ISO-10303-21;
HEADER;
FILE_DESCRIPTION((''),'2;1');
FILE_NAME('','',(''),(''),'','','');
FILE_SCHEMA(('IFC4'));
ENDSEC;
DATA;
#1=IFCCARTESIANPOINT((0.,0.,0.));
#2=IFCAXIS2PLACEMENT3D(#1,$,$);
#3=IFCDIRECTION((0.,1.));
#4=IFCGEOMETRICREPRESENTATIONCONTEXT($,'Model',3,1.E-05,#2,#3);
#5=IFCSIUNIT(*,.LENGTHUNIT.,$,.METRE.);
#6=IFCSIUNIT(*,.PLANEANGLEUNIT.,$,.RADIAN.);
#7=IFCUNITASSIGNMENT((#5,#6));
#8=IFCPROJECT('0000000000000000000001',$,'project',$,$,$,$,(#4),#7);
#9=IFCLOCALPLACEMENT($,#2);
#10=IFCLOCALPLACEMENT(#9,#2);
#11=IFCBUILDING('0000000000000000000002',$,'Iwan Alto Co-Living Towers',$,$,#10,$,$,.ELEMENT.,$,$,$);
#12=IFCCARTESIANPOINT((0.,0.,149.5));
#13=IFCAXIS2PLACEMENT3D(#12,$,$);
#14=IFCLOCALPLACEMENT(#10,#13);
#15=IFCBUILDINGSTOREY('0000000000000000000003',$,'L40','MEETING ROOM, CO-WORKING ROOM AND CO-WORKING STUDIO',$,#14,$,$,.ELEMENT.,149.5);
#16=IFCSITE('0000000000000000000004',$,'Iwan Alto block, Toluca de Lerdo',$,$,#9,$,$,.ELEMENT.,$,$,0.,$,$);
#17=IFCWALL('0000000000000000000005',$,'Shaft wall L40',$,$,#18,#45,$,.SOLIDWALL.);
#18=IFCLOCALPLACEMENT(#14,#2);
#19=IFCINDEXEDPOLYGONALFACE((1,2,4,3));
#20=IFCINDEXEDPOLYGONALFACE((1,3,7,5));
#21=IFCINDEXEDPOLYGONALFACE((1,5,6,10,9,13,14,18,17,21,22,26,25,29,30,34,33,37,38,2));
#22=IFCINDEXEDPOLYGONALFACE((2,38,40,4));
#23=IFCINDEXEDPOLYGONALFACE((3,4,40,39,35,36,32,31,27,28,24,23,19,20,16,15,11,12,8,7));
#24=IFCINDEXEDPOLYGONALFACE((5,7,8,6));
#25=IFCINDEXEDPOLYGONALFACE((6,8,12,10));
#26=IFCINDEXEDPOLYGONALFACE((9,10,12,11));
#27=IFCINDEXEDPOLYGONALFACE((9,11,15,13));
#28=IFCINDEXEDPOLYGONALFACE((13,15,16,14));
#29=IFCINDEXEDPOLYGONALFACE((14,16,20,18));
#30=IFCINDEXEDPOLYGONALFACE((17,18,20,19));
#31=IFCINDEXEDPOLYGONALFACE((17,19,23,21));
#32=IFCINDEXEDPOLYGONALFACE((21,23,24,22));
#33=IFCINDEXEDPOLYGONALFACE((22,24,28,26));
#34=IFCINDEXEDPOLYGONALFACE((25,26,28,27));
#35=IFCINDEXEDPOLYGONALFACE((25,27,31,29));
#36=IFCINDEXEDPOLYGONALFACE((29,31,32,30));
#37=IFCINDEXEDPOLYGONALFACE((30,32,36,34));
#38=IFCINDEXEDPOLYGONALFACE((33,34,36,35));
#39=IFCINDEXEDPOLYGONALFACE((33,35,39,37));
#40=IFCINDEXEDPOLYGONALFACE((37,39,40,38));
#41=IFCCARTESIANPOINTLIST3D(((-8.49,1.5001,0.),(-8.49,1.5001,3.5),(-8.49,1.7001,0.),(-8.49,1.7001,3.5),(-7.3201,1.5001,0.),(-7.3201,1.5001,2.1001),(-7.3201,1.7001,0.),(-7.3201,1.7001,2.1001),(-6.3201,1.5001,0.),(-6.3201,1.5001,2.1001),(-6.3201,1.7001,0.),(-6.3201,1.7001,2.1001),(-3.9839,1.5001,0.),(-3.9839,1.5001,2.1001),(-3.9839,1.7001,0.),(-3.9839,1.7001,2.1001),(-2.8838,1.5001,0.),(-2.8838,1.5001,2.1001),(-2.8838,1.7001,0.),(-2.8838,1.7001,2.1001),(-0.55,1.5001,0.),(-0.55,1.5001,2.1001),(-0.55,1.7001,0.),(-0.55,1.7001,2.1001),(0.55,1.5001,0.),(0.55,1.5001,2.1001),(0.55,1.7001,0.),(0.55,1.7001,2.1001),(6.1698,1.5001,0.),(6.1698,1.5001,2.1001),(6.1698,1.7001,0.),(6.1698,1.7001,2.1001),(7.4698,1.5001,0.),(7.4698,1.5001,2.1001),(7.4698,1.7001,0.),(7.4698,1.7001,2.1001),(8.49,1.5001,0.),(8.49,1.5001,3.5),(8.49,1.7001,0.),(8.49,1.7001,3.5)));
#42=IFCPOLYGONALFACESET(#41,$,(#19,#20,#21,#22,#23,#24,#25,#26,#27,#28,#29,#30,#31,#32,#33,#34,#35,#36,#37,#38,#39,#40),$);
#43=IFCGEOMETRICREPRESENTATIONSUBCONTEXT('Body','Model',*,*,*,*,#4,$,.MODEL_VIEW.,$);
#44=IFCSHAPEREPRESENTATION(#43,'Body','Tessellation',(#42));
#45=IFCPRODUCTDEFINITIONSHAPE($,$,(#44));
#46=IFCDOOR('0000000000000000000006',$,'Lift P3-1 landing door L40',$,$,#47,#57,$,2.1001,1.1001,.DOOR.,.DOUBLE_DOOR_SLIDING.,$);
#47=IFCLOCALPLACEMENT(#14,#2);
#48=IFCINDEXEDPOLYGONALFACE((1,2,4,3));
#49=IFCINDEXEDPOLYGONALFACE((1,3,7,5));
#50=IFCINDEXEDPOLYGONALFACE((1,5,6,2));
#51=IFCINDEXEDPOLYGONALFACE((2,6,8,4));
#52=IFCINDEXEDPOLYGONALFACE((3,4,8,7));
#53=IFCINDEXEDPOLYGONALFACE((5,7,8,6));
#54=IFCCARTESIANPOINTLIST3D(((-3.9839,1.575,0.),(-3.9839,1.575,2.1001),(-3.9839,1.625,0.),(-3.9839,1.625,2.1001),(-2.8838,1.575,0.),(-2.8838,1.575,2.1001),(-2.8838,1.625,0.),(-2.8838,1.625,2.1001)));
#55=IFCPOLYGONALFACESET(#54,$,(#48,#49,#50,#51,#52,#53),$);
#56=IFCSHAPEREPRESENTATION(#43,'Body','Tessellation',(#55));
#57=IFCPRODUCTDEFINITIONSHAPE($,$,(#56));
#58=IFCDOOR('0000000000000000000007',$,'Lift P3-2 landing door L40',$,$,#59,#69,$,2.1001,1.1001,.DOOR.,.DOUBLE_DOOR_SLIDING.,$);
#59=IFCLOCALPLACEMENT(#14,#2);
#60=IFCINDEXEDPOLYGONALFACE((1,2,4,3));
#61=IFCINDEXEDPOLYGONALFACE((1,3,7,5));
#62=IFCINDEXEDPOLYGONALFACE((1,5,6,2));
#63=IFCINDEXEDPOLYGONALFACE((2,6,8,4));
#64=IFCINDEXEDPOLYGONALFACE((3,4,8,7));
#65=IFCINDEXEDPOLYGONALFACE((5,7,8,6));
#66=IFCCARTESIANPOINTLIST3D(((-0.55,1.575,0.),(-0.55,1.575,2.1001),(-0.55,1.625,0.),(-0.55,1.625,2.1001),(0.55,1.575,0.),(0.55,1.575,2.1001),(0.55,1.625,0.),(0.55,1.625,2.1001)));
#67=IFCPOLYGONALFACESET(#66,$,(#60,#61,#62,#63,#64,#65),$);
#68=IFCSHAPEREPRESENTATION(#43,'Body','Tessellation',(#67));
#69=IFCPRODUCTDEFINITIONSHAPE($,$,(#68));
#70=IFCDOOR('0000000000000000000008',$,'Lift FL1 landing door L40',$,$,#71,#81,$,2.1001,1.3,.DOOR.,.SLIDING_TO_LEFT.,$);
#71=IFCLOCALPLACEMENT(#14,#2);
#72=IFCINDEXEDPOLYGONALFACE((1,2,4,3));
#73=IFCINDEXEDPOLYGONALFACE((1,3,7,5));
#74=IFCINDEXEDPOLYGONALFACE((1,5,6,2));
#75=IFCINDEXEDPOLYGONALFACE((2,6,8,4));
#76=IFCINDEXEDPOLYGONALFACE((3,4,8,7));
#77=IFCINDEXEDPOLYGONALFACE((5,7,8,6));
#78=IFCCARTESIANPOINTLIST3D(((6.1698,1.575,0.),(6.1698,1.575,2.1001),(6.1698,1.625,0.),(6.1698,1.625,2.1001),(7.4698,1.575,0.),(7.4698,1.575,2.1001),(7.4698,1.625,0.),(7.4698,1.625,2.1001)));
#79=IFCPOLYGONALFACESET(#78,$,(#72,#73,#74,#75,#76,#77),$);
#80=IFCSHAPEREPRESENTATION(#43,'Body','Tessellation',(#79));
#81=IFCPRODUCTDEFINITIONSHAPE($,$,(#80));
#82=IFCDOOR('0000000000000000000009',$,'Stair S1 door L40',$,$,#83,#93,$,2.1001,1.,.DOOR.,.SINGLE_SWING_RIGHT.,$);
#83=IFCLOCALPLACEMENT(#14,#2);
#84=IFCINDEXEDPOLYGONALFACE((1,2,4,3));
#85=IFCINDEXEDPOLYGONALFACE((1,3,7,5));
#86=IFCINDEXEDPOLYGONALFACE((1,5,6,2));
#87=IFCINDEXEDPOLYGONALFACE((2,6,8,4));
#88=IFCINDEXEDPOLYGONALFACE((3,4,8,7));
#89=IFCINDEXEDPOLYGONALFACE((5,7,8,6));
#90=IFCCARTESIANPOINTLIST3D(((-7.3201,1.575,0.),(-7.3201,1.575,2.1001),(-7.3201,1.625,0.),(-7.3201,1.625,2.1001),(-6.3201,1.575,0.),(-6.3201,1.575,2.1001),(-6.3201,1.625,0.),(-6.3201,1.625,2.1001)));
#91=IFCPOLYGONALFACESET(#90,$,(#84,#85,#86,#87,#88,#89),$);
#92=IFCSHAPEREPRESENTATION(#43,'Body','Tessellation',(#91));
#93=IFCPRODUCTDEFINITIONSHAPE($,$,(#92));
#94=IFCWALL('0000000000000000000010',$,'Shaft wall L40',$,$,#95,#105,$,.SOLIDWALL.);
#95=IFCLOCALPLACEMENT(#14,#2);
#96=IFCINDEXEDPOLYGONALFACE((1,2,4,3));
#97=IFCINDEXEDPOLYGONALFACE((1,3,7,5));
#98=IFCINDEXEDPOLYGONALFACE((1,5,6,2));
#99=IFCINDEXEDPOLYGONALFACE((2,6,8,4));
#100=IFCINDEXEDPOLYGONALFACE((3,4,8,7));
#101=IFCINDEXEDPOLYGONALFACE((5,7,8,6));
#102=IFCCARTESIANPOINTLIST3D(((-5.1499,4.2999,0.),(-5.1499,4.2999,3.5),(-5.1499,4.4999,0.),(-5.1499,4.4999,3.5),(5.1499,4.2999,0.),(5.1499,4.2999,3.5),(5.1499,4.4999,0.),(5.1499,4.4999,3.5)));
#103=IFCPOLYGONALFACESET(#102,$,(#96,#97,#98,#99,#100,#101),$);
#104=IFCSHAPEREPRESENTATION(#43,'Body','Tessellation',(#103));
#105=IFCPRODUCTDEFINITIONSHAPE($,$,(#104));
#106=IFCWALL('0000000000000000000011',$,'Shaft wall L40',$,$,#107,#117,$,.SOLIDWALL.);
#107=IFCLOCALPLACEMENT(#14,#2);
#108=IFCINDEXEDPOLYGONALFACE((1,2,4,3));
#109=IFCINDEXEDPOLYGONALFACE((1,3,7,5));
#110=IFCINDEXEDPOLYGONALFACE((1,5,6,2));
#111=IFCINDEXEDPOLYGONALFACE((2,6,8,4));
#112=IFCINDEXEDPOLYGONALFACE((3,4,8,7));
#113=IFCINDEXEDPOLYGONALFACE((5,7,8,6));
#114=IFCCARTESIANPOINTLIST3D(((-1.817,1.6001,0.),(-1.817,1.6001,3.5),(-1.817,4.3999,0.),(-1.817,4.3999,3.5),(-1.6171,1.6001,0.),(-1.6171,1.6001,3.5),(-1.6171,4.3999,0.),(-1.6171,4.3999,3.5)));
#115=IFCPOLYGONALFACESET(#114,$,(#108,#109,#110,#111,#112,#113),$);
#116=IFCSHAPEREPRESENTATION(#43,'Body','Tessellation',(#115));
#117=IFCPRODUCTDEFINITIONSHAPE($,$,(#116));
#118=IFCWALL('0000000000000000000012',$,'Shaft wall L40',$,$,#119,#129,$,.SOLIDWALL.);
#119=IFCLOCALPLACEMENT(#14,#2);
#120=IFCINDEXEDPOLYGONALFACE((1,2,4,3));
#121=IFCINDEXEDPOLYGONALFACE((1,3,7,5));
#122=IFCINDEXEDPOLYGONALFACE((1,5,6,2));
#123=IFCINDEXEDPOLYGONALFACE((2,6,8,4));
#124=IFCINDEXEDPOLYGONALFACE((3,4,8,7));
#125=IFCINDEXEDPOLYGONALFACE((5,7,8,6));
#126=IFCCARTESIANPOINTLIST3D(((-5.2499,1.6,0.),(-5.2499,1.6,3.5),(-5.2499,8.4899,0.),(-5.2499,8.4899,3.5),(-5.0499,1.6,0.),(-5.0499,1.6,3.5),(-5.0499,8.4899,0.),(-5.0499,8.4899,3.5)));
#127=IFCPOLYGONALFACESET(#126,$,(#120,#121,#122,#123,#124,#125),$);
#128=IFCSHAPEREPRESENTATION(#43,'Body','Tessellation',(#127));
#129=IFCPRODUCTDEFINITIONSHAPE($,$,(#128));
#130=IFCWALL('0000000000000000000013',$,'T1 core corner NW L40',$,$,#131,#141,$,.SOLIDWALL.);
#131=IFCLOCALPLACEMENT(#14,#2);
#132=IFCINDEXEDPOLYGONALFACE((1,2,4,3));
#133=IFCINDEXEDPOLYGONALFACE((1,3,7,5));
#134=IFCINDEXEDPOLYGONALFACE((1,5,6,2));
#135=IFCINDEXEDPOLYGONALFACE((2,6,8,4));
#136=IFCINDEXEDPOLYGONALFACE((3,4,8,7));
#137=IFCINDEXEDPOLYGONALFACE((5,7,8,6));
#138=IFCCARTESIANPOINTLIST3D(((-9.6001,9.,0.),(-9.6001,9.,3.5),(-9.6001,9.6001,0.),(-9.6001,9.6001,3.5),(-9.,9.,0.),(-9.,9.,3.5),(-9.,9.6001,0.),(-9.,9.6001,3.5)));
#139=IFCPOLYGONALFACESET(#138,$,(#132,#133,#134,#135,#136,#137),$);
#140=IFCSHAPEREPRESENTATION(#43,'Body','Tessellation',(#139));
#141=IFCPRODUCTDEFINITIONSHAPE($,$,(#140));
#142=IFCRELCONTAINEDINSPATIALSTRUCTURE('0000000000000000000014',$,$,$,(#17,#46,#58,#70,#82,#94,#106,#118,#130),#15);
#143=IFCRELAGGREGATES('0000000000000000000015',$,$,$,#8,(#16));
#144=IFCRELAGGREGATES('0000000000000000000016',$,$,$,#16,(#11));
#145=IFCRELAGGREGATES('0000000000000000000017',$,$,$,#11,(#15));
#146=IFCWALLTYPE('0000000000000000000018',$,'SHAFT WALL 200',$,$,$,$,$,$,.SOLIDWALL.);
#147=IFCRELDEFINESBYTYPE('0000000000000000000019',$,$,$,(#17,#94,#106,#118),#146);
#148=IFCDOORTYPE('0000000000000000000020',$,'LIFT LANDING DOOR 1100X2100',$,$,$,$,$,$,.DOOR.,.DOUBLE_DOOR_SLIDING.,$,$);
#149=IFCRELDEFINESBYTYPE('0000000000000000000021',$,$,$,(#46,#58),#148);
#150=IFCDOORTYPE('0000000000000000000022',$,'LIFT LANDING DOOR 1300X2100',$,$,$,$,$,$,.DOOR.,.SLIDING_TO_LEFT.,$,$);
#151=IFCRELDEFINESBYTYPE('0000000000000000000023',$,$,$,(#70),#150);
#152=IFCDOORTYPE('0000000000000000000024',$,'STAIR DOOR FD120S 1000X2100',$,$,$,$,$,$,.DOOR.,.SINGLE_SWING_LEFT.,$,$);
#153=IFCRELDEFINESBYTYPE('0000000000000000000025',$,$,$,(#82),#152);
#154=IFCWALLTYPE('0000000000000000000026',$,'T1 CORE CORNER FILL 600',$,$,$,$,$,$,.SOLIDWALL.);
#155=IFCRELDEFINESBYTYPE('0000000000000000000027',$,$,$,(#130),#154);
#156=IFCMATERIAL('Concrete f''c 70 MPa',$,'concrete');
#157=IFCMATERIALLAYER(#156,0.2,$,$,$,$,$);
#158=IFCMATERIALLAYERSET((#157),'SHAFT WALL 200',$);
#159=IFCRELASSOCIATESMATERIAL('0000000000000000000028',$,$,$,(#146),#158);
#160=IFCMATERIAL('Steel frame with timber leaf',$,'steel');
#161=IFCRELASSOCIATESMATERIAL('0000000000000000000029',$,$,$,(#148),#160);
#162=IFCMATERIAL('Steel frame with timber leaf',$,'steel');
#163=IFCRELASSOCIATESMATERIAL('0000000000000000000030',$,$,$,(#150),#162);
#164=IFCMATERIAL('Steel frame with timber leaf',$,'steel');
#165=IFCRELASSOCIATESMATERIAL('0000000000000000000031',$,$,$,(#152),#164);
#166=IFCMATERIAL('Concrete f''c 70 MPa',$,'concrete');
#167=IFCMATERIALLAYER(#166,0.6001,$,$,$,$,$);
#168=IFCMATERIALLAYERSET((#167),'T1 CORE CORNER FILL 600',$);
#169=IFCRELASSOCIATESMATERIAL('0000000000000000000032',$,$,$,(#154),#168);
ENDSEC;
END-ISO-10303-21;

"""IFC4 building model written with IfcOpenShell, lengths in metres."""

from ifc_helpers import new_model, si_unit, direction, frame, frame_2d, origin, place, context, subcontext, project, spatial, rectangle, extrude, material, layer, layer_set, type_object, element, fill, save


model = new_model("IFC4")

# Units and contexts
model_context = context("Model", 3, precision=1e-05, world=origin(), true_north=direction((0.0, 1.0)))
body_context = subcontext(model_context, "Body", "Model", "MODEL_VIEW")
ifc_project = project(units=[si_unit("LENGTHUNIT", "METRE"), si_unit("PLANEANGLEUNIT", "RADIAN")], contexts=[model_context])

# Site, building, storey
site_placement = place(None, origin())
site = spatial("IfcSite", under=ifc_project, at=site_placement, Name="Iwan Alto block, Toluca de Lerdo", CompositionType="ELEMENT", RefElevation=0.0)
building_placement = place(site_placement, origin())
building = spatial("IfcBuilding", under=site, at=building_placement, Name="Iwan Alto Co-Living Towers", CompositionType="ELEMENT")
storey_placement = place(building_placement, frame((0.0, 0.0, 149.5)))
storey = spatial("IfcBuildingStorey", under=building, at=storey_placement, Name="L40", Description="MEETING ROOM, CO-WORKING ROOM AND CO-WORKING STUDIO", CompositionType="ELEMENT", Elevation=149.5)

# Wall, openings, doors
ifc_material_1 = material(Name="Concrete f'c 70 MPa", Category="concrete")
ifc_layer_1 = layer(ifc_material_1, 0.2)
ifc_layer_set_1 = layer_set([ifc_layer_1], Name="SHAFT WALL 200")
wall_type_1 = type_object("IfcWallType", Name="SHAFT WALL 200", PredefinedType="SOLIDWALL", material=ifc_layer_set_1)
wall_1_placement = place(storey_placement, frame((-8.49, 1.6001, 0.0), z_axis=(0.0, 0.0, 1.0), x_axis=(1.0, 0.0, 0.0)))
wall_1 = element("IfcWall", 1, at=wall_1_placement, inside=storey, type_object=wall_type_1, Name="Shaft wall L40", PredefinedType="SOLIDWALL", context=body_context, shape_type="SweptSolid", body=[
    extrude(rectangle(XDim=16.98, YDim=0.2, at=frame_2d((8.49, 0.0))), origin(), (0.0, 0.0, 1.0), 3.5),
])
opening_1_placement = place(wall_1_placement, frame((1.1699, 0.0, 0.0)))
opening_1 = element("IfcOpeningElement", 2, at=opening_1_placement, cuts=wall_1, PredefinedType="OPENING", context=body_context, shape_type="SweptSolid", body=[
    extrude(rectangle(XDim=1.0, YDim=2.1001, at=frame_2d((0.5, 1.05))), frame((0.0, 0.1099, 0.0), z_axis=(0.0, -1.0, 0.0), x_axis=(1.0, 0.0, 0.0)), (0.0, 0.0, 1.0), 0.22),
])
opening_2_placement = place(wall_1_placement, frame((4.5061, 0.0, 0.0)))
opening_2 = element("IfcOpeningElement", 3, at=opening_2_placement, cuts=wall_1, PredefinedType="OPENING", context=body_context, shape_type="SweptSolid", body=[
    extrude(rectangle(XDim=1.1001, YDim=2.1001, at=frame_2d((0.55, 1.05))), frame((0.0, 0.1099, 0.0), z_axis=(0.0, -1.0, 0.0), x_axis=(1.0, 0.0, 0.0)), (0.0, 0.0, 1.0), 0.22),
])
opening_3_placement = place(wall_1_placement, frame((7.9399, 0.0, 0.0)))
opening_3 = element("IfcOpeningElement", 4, at=opening_3_placement, cuts=wall_1, PredefinedType="OPENING", context=body_context, shape_type="SweptSolid", body=[
    extrude(rectangle(XDim=1.1001, YDim=2.1001, at=frame_2d((0.55, 1.05))), frame((0.0, 0.1099, 0.0), z_axis=(0.0, -1.0, 0.0), x_axis=(1.0, 0.0, 0.0)), (0.0, 0.0, 1.0), 0.22),
])
opening_4_placement = place(wall_1_placement, frame((14.6599, 0.0, 0.0)))
opening_4 = element("IfcOpeningElement", 5, at=opening_4_placement, cuts=wall_1, PredefinedType="OPENING", context=body_context, shape_type="SweptSolid", body=[
    extrude(rectangle(XDim=1.3, YDim=2.1001, at=frame_2d((0.6499, 1.05))), frame((0.0, 0.1099, 0.0), z_axis=(0.0, -1.0, 0.0), x_axis=(1.0, 0.0, 0.0)), (0.0, 0.0, 1.0), 0.22),
])
ifc_material_2 = material(Name="Steel frame with timber leaf", Category="steel")
door_type_1 = type_object("IfcDoorType", Name="LIFT LANDING DOOR 1100X2100", OperationType="DOUBLE_DOOR_SLIDING", PredefinedType="DOOR", material=ifc_material_2)
door_1_placement = place(opening_2_placement, origin())
door_1 = element("IfcDoor", 6, at=door_1_placement, inside=storey, type_object=door_type_1, Name="Lift P3-1 landing door L40", OperationType="DOUBLE_DOOR_SLIDING", OverallHeight=2.1001, OverallWidth=1.1001, PredefinedType="DOOR", context=body_context, shape_type="SweptSolid", body=[
    extrude(rectangle(XDim=1.1001, YDim=2.1001, at=frame_2d((0.55, 1.05))), frame((0.0, 0.0249, 0.0), z_axis=(0.0, -1.0, 0.0), x_axis=(1.0, 0.0, 0.0)), (0.0, 0.0, 1.0), 0.05),
])
fill(opening_2, door_1)
door_2_placement = place(opening_3_placement, origin())
door_2 = element("IfcDoor", 7, at=door_2_placement, inside=storey, type_object=door_type_1, Name="Lift P3-2 landing door L40", OperationType="DOUBLE_DOOR_SLIDING", OverallHeight=2.1001, OverallWidth=1.1001, PredefinedType="DOOR", context=body_context, shape_type="SweptSolid", body=[
    extrude(rectangle(XDim=1.1001, YDim=2.1001, at=frame_2d((0.55, 1.05))), frame((0.0, 0.0249, 0.0), z_axis=(0.0, -1.0, 0.0), x_axis=(1.0, 0.0, 0.0)), (0.0, 0.0, 1.0), 0.05),
])
fill(opening_3, door_2)
ifc_material_3 = material(Name="Steel frame with timber leaf", Category="steel")
door_type_2 = type_object("IfcDoorType", Name="LIFT LANDING DOOR 1300X2100", OperationType="SLIDING_TO_LEFT", PredefinedType="DOOR", material=ifc_material_3)
door_3_placement = place(opening_4_placement, origin())
door_3 = element("IfcDoor", 8, at=door_3_placement, inside=storey, type_object=door_type_2, Name="Lift FL1 landing door L40", OperationType="SLIDING_TO_LEFT", OverallHeight=2.1001, OverallWidth=1.3, PredefinedType="DOOR", context=body_context, shape_type="SweptSolid", body=[
    extrude(rectangle(XDim=1.3, YDim=2.1001, at=frame_2d((0.6499, 1.05))), frame((0.0, 0.0249, 0.0), z_axis=(0.0, -1.0, 0.0), x_axis=(1.0, 0.0, 0.0)), (0.0, 0.0, 1.0), 0.05),
])
fill(opening_4, door_3)
ifc_material_4 = material(Name="Steel frame with timber leaf", Category="steel")
door_type_3 = type_object("IfcDoorType", Name="STAIR DOOR FD120S 1000X2100", OperationType="SINGLE_SWING_LEFT", PredefinedType="DOOR", material=ifc_material_4)
door_4_placement = place(opening_1_placement, origin())
door_4 = element("IfcDoor", 9, at=door_4_placement, inside=storey, type_object=door_type_3, Name="Stair S1 door L40", OperationType="SINGLE_SWING_RIGHT", OverallHeight=2.1001, OverallWidth=1.0, PredefinedType="DOOR", context=body_context, shape_type="SweptSolid", body=[
    extrude(rectangle(XDim=1.0, YDim=2.1001, at=frame_2d((0.5, 1.05))), frame((0.0, 0.0249, 0.0), z_axis=(0.0, -1.0, 0.0), x_axis=(1.0, 0.0, 0.0)), (0.0, 0.0, 1.0), 0.05),
])
fill(opening_1, door_4)

# Walls
wall_2_placement = place(storey_placement, frame((-5.1499, 4.3999, 0.0), z_axis=(0.0, 0.0, 1.0), x_axis=(1.0, 0.0, 0.0)))
element("IfcWall", 10, at=wall_2_placement, inside=storey, type_object=wall_type_1, Name="Shaft wall L40", PredefinedType="SOLIDWALL", context=body_context, shape_type="SweptSolid", body=[
    extrude(rectangle(XDim=10.2998, YDim=0.2, at=frame_2d((5.1499, 0.0))), origin(), (0.0, 0.0, 1.0), 3.5),
])
wall_3_placement = place(storey_placement, frame((-1.717, 1.6001, 0.0), z_axis=(0.0, 0.0, 1.0), x_axis=(0.0, 1.0, 0.0)))
element("IfcWall", 11, at=wall_3_placement, inside=storey, type_object=wall_type_1, Name="Shaft wall L40", PredefinedType="SOLIDWALL", context=body_context, shape_type="SweptSolid", body=[
    extrude(rectangle(XDim=2.7998, YDim=0.2, at=frame_2d((1.3999, 0.0))), origin(), (0.0, 0.0, 1.0), 3.5),
])
wall_4_placement = place(storey_placement, frame((-5.1499, 1.6001, 0.0), z_axis=(0.0, 0.0, 1.0), x_axis=(0.0, 1.0, 0.0)))
element("IfcWall", 12, at=wall_4_placement, inside=storey, type_object=wall_type_1, Name="Shaft wall L40", PredefinedType="SOLIDWALL", context=body_context, shape_type="SweptSolid", body=[
    extrude(rectangle(XDim=6.8899, YDim=0.2, at=frame_2d((3.4448, 0.0))), origin(), (0.0, 0.0, 1.0), 3.5),
])
ifc_material_5 = material(Name="Concrete f'c 70 MPa", Category="concrete")
ifc_layer_2 = layer(ifc_material_5, 0.6001)
ifc_layer_set_2 = layer_set([ifc_layer_2], Name="T1 CORE CORNER FILL 600")
wall_type_2 = type_object("IfcWallType", Name="T1 CORE CORNER FILL 600", PredefinedType="SOLIDWALL", material=ifc_layer_set_2)
wall_5_placement = place(storey_placement, frame((-9.6001, 9.3, 0.0), z_axis=(0.0, 0.0, 1.0), x_axis=(1.0, 0.0, 0.0)))
element("IfcWall", 13, at=wall_5_placement, inside=storey, type_object=wall_type_2, Name="T1 core corner NW L40", PredefinedType="SOLIDWALL", context=body_context, shape_type="SweptSolid", body=[
    extrude(rectangle(XDim=0.6001, YDim=0.6001, at=frame_2d((0.3, 0.0))), origin(), (0.0, 0.0, 1.0), 3.5),
])

save(model, "model.ifc")
